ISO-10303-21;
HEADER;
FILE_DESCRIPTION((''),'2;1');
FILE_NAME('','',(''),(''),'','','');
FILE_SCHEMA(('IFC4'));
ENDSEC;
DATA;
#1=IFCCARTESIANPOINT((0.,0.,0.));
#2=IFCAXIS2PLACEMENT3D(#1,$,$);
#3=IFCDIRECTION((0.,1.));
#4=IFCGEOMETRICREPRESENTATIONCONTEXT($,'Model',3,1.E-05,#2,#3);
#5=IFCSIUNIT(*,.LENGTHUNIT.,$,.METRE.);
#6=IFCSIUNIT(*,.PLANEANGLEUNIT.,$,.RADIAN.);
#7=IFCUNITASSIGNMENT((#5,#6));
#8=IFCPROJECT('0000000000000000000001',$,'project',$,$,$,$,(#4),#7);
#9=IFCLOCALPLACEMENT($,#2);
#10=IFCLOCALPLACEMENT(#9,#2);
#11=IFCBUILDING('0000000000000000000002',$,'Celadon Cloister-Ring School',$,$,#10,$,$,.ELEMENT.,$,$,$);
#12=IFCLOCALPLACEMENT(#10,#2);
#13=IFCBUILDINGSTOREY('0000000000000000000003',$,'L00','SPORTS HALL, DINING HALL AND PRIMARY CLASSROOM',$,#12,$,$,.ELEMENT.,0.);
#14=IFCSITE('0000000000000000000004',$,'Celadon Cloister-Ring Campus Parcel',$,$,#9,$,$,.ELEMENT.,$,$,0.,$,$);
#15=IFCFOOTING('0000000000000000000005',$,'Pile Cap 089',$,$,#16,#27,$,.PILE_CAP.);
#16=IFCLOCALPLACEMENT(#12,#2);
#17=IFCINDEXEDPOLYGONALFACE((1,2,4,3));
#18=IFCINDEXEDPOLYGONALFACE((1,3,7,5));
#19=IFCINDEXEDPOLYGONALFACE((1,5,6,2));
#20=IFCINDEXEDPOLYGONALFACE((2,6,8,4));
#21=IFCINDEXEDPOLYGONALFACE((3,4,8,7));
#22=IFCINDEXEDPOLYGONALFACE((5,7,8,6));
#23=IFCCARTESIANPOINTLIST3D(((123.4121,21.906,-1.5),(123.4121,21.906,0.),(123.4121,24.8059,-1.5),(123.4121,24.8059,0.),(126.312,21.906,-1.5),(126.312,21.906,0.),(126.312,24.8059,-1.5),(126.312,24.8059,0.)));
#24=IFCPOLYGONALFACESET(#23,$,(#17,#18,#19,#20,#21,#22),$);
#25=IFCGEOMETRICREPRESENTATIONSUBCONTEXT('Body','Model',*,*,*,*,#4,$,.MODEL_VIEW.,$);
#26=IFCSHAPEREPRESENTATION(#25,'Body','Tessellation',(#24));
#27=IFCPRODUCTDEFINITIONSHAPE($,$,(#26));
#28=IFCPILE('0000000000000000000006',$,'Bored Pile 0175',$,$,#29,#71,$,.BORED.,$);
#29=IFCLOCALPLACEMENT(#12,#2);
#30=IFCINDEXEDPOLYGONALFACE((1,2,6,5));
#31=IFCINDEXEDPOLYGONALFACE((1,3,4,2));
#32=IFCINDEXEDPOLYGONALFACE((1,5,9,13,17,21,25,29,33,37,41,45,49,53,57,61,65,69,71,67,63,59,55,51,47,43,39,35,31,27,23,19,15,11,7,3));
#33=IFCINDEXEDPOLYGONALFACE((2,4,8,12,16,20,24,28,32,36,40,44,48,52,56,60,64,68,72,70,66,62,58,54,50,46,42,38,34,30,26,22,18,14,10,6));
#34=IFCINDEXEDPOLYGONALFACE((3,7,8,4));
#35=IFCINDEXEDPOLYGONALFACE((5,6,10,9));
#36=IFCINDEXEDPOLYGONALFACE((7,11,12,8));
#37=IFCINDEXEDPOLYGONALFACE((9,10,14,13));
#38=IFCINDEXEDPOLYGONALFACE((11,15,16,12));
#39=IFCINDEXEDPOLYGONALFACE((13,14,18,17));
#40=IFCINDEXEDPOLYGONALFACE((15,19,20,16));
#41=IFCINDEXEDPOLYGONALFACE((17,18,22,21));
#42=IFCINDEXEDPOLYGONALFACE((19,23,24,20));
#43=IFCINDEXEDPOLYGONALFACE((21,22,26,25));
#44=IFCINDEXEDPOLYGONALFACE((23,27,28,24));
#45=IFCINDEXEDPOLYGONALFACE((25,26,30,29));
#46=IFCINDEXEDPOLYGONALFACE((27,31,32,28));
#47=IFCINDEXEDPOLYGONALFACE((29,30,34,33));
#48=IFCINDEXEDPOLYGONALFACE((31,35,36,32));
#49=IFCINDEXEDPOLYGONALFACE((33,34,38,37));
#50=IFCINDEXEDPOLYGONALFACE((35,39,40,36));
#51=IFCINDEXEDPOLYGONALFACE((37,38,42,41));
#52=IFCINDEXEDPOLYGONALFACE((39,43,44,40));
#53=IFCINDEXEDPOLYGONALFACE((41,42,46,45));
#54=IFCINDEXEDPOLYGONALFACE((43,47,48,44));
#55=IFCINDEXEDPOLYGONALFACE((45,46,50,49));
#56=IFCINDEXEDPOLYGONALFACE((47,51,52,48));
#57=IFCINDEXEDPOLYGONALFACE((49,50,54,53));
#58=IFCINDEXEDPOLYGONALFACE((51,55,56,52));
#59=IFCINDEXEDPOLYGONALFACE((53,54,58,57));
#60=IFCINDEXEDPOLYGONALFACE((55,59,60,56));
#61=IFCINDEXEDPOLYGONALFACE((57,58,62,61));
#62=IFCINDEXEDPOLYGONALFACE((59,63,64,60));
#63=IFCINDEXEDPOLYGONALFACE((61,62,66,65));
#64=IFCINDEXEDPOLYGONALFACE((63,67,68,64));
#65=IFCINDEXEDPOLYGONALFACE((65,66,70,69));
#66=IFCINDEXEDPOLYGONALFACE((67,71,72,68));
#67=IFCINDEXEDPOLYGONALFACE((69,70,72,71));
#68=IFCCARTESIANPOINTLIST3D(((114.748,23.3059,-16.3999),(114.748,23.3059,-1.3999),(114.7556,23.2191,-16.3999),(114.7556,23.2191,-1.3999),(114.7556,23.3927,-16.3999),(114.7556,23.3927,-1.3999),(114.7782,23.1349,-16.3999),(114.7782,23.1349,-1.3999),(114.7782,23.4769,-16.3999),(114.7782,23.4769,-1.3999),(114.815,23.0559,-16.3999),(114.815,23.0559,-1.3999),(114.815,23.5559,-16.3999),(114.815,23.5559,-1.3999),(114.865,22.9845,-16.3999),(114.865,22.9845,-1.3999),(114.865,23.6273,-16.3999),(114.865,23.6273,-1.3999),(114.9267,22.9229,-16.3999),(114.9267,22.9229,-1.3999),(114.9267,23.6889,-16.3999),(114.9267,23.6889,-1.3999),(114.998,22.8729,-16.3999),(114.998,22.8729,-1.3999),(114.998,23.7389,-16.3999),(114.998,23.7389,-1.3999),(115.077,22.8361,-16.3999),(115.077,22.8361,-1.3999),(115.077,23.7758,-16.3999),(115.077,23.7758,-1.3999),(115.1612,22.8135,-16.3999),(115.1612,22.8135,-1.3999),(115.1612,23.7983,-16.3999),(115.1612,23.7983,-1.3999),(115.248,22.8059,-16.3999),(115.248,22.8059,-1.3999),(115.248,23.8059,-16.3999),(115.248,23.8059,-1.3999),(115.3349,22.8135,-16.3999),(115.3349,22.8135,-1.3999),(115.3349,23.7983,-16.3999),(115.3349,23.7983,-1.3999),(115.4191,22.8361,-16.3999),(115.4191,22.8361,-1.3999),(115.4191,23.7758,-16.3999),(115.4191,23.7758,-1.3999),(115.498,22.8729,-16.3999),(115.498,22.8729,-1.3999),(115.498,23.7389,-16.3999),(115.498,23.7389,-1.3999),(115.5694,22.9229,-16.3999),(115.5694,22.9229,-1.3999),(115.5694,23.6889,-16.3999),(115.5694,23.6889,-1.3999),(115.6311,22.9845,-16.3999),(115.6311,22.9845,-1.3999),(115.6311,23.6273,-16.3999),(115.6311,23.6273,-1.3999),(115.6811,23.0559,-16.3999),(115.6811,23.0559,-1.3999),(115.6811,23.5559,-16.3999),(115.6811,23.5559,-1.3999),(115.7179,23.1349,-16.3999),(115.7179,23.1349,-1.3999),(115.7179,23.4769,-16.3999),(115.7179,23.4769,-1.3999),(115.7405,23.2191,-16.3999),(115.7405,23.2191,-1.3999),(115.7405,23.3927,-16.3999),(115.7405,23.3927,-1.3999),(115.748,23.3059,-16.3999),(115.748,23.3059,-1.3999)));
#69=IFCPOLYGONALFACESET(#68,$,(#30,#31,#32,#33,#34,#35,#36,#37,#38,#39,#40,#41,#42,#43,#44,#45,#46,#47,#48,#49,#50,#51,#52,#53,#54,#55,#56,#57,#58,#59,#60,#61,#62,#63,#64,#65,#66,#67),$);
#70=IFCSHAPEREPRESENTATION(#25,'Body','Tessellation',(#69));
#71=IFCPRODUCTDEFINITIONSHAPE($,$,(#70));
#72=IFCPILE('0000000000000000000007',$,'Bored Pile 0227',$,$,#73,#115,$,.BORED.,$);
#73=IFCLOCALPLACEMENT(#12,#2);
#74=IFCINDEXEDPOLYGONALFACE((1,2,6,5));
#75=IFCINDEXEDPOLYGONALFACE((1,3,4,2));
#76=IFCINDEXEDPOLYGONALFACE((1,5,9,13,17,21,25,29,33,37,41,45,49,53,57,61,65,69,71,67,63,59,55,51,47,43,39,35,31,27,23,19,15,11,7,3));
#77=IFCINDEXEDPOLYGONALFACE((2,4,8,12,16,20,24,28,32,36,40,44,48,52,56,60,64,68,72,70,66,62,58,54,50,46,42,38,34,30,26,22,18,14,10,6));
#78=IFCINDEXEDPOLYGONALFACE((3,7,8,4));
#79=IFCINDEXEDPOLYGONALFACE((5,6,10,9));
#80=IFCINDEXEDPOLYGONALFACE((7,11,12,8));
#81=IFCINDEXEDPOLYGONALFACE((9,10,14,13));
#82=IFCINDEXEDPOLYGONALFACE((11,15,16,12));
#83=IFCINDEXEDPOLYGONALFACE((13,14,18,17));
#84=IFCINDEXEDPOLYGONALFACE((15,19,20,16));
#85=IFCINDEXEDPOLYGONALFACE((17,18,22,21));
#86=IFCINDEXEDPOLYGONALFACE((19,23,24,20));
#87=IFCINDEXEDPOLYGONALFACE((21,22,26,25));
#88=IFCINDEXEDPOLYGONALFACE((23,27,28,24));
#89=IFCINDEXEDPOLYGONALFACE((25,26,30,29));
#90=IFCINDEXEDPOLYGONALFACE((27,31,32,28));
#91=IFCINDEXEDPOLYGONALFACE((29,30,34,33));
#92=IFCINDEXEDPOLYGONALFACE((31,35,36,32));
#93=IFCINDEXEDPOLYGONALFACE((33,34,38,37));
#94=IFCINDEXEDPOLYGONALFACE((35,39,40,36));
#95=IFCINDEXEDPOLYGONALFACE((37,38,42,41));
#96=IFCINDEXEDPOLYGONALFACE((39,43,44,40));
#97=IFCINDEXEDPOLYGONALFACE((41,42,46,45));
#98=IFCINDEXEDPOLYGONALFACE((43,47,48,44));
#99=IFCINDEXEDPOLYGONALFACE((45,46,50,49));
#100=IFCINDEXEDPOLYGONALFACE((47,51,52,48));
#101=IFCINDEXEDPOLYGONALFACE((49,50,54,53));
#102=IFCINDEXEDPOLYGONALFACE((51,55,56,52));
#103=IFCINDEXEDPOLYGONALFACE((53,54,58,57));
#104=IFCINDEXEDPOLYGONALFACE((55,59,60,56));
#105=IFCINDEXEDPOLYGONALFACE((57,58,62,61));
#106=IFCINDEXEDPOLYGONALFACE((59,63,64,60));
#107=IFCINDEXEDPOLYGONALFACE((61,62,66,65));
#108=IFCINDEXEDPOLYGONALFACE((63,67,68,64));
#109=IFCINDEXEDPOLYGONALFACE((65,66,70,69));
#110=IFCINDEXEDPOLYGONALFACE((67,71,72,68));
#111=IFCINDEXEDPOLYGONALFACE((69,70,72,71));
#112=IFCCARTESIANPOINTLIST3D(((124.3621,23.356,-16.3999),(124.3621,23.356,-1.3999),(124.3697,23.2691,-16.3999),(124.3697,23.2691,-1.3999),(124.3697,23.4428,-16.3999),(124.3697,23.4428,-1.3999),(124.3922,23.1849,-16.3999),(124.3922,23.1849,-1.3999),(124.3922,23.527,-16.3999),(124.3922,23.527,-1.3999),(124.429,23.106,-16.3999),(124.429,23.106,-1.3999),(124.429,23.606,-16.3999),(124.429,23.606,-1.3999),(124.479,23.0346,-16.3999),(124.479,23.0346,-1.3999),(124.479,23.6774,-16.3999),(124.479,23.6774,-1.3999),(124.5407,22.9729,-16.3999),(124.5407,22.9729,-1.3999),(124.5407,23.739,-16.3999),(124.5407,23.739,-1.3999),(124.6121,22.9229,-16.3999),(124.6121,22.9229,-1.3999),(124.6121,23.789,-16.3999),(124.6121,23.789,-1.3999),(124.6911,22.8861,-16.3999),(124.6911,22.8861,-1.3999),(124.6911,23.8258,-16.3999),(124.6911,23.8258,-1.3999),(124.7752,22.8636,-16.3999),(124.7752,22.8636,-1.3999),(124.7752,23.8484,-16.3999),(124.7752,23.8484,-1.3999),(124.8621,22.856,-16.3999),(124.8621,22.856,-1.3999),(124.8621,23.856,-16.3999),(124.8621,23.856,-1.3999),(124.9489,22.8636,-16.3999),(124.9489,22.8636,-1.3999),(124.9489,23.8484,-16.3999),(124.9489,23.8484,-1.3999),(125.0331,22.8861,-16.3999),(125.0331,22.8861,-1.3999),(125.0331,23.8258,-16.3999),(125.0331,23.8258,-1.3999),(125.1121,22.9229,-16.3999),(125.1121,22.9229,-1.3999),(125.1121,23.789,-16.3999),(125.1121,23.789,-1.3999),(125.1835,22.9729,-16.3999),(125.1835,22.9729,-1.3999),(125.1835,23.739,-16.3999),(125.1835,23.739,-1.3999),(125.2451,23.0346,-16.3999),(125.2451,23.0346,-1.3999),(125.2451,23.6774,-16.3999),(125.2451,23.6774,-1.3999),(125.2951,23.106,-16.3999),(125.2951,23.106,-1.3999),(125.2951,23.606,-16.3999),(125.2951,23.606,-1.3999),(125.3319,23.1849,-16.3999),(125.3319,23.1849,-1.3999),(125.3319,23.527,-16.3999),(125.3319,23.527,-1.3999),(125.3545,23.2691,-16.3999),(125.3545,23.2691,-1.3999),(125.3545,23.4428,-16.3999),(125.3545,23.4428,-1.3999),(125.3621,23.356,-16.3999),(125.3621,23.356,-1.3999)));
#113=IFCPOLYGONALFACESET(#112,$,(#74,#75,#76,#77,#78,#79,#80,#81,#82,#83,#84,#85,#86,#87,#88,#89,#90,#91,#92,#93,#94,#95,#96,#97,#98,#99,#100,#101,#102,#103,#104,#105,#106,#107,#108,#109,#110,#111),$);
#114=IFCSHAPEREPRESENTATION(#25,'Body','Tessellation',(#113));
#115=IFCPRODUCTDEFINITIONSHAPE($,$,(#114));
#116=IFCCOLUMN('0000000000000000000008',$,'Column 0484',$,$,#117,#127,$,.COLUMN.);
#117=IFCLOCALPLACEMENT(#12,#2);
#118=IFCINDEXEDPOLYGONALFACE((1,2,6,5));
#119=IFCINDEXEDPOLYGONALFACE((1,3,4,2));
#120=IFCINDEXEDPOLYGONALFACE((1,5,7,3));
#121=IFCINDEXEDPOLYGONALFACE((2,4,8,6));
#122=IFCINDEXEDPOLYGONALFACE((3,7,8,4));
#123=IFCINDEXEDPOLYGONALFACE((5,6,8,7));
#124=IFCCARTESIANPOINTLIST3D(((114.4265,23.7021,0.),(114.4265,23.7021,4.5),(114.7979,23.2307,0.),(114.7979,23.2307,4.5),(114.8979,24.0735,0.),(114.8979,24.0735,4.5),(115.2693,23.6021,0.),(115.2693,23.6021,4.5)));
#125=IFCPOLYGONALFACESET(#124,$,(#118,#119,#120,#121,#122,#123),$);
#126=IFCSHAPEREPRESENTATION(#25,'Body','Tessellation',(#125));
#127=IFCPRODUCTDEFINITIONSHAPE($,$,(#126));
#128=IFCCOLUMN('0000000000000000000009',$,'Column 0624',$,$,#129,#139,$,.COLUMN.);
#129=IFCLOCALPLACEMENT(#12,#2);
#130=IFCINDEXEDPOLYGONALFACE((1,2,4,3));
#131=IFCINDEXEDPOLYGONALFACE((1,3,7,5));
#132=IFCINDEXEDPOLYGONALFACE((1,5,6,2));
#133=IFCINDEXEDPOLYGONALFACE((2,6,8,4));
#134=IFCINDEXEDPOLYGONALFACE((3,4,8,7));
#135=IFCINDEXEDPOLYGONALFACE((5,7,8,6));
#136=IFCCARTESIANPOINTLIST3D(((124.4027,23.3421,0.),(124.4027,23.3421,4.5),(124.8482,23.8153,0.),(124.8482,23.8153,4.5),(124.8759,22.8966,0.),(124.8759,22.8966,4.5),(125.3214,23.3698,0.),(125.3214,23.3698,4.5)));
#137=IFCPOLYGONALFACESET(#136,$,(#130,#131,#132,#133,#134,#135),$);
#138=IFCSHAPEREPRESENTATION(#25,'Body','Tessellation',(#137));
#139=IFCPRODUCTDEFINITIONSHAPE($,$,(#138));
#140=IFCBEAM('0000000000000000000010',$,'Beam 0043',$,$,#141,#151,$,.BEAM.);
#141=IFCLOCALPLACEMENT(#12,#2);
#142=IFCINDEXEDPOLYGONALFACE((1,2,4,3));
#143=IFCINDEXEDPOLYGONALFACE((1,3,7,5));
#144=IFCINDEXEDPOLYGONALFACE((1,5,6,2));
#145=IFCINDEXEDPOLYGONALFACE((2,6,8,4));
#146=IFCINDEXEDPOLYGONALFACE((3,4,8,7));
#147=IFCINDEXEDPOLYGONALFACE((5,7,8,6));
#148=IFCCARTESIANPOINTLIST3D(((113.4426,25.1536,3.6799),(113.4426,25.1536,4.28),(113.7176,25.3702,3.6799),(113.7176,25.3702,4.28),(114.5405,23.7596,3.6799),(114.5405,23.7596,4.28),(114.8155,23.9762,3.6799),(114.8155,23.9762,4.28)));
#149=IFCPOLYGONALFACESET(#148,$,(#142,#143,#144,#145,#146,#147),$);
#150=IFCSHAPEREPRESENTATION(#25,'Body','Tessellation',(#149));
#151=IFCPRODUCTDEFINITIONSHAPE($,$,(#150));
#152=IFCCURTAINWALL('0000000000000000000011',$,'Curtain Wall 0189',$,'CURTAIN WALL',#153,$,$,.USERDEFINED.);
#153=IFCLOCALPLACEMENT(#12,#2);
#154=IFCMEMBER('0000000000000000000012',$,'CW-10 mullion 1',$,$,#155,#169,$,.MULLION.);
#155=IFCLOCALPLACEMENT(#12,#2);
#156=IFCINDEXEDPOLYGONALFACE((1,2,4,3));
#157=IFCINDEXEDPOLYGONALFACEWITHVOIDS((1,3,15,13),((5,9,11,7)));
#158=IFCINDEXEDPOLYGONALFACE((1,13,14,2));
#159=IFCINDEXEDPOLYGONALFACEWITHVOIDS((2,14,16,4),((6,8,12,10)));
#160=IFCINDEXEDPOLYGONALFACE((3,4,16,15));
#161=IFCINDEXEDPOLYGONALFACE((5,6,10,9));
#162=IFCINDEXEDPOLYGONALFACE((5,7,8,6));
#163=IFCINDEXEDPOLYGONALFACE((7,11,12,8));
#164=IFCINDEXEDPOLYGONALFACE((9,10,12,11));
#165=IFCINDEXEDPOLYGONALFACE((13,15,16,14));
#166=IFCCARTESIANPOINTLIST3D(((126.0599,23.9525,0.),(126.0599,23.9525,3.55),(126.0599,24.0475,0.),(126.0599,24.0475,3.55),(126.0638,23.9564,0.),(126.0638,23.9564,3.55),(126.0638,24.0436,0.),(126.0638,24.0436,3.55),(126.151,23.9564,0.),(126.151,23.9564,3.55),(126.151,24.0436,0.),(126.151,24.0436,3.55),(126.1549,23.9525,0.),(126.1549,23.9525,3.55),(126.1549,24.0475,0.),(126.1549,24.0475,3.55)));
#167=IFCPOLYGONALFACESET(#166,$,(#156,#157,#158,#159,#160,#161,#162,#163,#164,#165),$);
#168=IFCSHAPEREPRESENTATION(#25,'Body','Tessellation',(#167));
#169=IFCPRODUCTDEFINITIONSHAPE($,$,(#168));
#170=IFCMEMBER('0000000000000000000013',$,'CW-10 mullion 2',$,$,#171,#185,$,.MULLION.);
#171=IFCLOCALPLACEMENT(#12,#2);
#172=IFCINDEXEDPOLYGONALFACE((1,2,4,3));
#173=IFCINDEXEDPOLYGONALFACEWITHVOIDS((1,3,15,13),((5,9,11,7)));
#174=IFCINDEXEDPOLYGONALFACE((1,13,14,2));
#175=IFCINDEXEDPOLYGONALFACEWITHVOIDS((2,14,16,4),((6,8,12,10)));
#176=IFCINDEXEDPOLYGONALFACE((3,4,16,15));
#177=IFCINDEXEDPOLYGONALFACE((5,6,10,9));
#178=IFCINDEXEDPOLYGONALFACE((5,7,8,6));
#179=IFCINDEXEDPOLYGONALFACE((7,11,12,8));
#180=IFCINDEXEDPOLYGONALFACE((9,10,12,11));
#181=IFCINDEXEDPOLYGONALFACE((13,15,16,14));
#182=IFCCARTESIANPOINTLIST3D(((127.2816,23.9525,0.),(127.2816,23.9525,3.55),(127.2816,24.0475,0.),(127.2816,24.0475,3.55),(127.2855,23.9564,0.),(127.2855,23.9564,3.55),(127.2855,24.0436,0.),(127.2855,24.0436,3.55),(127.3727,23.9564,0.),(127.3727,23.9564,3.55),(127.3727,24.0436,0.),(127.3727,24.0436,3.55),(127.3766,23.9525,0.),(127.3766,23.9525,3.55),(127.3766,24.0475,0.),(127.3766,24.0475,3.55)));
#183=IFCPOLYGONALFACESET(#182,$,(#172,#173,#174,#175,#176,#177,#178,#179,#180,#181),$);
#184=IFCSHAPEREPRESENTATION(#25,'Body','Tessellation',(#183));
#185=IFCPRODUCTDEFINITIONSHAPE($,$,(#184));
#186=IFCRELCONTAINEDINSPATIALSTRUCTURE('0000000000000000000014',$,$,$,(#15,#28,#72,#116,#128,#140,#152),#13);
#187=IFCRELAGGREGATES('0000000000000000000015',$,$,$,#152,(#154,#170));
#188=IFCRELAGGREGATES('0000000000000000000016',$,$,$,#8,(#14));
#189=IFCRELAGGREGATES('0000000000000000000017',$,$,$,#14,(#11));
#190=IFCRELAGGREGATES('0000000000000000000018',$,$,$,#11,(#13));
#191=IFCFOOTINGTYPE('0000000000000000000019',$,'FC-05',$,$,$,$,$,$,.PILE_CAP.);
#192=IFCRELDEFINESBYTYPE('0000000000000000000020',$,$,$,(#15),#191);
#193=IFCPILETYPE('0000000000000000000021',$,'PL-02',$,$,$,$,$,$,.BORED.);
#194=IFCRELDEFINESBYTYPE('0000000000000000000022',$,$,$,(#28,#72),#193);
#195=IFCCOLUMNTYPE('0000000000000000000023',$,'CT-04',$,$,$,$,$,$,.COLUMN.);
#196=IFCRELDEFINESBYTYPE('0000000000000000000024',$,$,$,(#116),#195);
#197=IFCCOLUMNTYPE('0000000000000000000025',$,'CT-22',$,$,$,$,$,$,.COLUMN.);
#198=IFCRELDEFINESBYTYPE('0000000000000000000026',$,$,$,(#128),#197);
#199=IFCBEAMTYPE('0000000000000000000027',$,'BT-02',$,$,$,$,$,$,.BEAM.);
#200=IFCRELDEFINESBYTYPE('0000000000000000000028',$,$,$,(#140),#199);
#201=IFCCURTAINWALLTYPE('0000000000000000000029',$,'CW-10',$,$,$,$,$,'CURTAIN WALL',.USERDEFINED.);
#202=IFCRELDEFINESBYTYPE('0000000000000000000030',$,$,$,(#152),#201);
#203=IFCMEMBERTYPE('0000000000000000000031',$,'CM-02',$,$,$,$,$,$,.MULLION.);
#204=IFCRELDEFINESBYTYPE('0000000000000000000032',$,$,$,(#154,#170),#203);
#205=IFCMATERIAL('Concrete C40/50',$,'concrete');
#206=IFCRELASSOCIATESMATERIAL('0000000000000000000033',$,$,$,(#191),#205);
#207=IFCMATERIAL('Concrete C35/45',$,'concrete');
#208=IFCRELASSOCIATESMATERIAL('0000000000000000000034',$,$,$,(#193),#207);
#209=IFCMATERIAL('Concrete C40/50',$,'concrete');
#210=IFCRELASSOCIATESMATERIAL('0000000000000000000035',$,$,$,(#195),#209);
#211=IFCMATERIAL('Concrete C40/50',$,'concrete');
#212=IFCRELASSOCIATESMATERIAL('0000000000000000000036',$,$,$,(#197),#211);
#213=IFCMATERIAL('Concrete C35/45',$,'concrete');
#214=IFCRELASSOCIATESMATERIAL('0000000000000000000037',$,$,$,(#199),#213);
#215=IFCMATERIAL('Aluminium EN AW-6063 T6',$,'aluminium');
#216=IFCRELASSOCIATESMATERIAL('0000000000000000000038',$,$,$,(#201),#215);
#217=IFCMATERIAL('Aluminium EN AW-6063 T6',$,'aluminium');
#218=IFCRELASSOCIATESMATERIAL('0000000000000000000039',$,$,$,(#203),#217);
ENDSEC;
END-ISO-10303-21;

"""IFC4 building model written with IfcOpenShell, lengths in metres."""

from ifc_helpers import new_model, si_unit, direction, frame, origin, origin_2d, place, context, subcontext, project, spatial, rectangle, hollow_rectangle, circle, extrude, material, material_profile, profile_set, type_object, element, aggregate, save


model = new_model("IFC4")

# Units and contexts
model_context = context("Model", 3, precision=1e-05, world=origin(), true_north=direction((0.0, 1.0)))
body_context = subcontext(model_context, "Body", "Model", "MODEL_VIEW")
ifc_project = project(units=[si_unit("LENGTHUNIT", "METRE"), si_unit("PLANEANGLEUNIT", "RADIAN")], contexts=[model_context])

# Site, building, storey
site_placement = place(None, origin())
site = spatial("IfcSite", under=ifc_project, at=site_placement, Name="Celadon Cloister-Ring Campus Parcel", CompositionType="ELEMENT", RefElevation=0.0)
building_placement = place(site_placement, origin())
building = spatial("IfcBuilding", under=site, at=building_placement, Name="Celadon Cloister-Ring School", CompositionType="ELEMENT")
storey_placement = place(building_placement, origin())
storey = spatial("IfcBuildingStorey", under=building, at=storey_placement, Name="L00", Description="SPORTS HALL, DINING HALL AND PRIMARY CLASSROOM", CompositionType="ELEMENT", Elevation=0.0)

# Footing
ifc_material_1 = material(Name="Concrete C40/50", Category="concrete")
footing_type = type_object("IfcFootingType", Name="FC-05", PredefinedType="PILE_CAP", material=ifc_material_1)
footing_placement = place(storey_placement, frame((124.8621, 23.356, -1.5), z_axis=(0.0, 0.0, 1.0), x_axis=(1.0, 0.0, 0.0)))
element("IfcFooting", 1, at=footing_placement, inside=storey, type_object=footing_type, Name="Pile Cap 089", PredefinedType="PILE_CAP", context=body_context, shape_type="SweptSolid", body=[
    extrude(rectangle(XDim=2.8999, YDim=2.8999, at=origin_2d()), origin(), (0.0, 0.0, 1.0), 1.5),
])

# Piles
ifc_material_2 = material(Name="Concrete C35/45", Category="concrete")
ifc_material_profile_1 = material_profile(ifc_material_2, circle(Radius=0.5, at=origin_2d()), Name="PILE1000")
ifc_profile_set_1 = profile_set([ifc_material_profile_1], Name="Concrete C35/45")
pile_type = type_object("IfcPileType", Name="PL-02", PredefinedType="BORED", material=ifc_profile_set_1)
for number, where, z_axis, x_axis, name in (
    (2, (115.248, 23.3059, -1.3999), (0.0, 0.0, -1.0), (1.0, 0.0, 0.0), "Bored Pile 0175"),
    (3, (124.8621, 23.356, -1.3999), (0.0, 0.0, -1.0), (1.0, 0.0, 0.0), "Bored Pile 0227"),
):
    element("IfcPile", number, at=place(storey_placement, frame(where, z_axis=z_axis, x_axis=x_axis)), inside=storey, type_object=pile_type, Name=name, PredefinedType="BORED", context=body_context, shape_type="SweptSolid", body=[
        extrude(circle(Radius=0.5, at=origin_2d()), origin(), (0.0, 0.0, 1.0), 15.0),
    ])

# Columns
ifc_material_3 = material(Name="Concrete C40/50", Category="concrete")
ifc_material_profile_2 = material_profile(ifc_material_3, rectangle(XDim=0.6001, YDim=0.6001, at=origin_2d()), Name="RC600X600")
ifc_profile_set_2 = profile_set([ifc_material_profile_2], Name="Concrete C40/50")
column_type_1 = type_object("IfcColumnType", Name="CT-04", PredefinedType="COLUMN", material=ifc_profile_set_2)
column_1_placement = place(storey_placement, frame((114.8479, 23.6521, 0.0), z_axis=(0.0, 0.0, 1.0), x_axis=(0.618847, -0.785511, 0.0)))
element("IfcColumn", 4, at=column_1_placement, inside=storey, type_object=column_type_1, Name="Column 0484", PredefinedType="COLUMN", context=body_context, shape_type="SweptSolid", body=[
    extrude(rectangle(XDim=0.6001, YDim=0.6001, at=origin_2d()), origin(), (0.0, 0.0, 1.0), 4.5),
])
ifc_material_4 = material(Name="Concrete C40/50", Category="concrete")
ifc_material_profile_3 = material_profile(ifc_material_4, rectangle(XDim=0.6499, YDim=0.6499, at=origin_2d()), Name="RC650X650")
ifc_profile_set_3 = profile_set([ifc_material_profile_3], Name="Concrete C40/50")
column_type_2 = type_object("IfcColumnType", Name="CT-22", PredefinedType="COLUMN", material=ifc_profile_set_3)
column_2_placement = place(storey_placement, frame((124.8621, 23.356, 0.0), z_axis=(0.0, 0.0, 1.0), x_axis=(0.728108, -0.685463, 0.0)))
element("IfcColumn", 5, at=column_2_placement, inside=storey, type_object=column_type_2, Name="Column 0624", PredefinedType="COLUMN", context=body_context, shape_type="SweptSolid", body=[
    extrude(rectangle(XDim=0.6499, YDim=0.6499, at=origin_2d()), origin(), (0.0, 0.0, 1.0), 4.5),
])

# Beam
ifc_material_5 = material(Name="Concrete C35/45", Category="concrete")
ifc_material_profile_4 = material_profile(ifc_material_5, rectangle(XDim=0.3501, YDim=0.6001, at=origin_2d()), Name="RC350X600")
ifc_profile_set_4 = profile_set([ifc_material_profile_4], Name="Concrete C35/45")
beam_type_1 = type_object("IfcBeamType", Name="BT-02", PredefinedType="BEAM", material=ifc_profile_set_4)
beam_1_placement = place(storey_placement, frame((114.678, 23.8679, 3.98), z_axis=(-0.61872, 0.785611, 0.0), x_axis=(-0.785611, -0.61872, 0.0)))
element("IfcBeam", 6, at=beam_1_placement, inside=storey, type_object=beam_type_1, Name="Beam 0043", PredefinedType="BEAM", context=body_context, shape_type="SweptSolid", body=[
    extrude(rectangle(XDim=0.3501, YDim=0.6001, at=origin_2d()), origin(), (0.0, 0.0, 1.0), 1.7744),
])

# Curtain wall, members
ifc_material_6 = material(Name="Aluminium EN AW-6063 T6", Category="aluminium")
curtain_wall_type = type_object("IfcCurtainWallType", Name="CW-10", ElementType="CURTAIN WALL", PredefinedType="USERDEFINED", material=ifc_material_6)
curtain_wall_placement = place(storey_placement, origin())
curtain_wall = element("IfcCurtainWall", 7, at=curtain_wall_placement, inside=storey, type_object=curtain_wall_type, Name="Curtain Wall 0189", ObjectType="CURTAIN WALL", PredefinedType="USERDEFINED")
ifc_material_7 = material(Name="Aluminium EN AW-6063 T6", Category="aluminium")
ifc_material_profile_5 = material_profile(ifc_material_7, hollow_rectangle(XDim=0.095, YDim=0.095, WallThickness=0.0039, at=origin_2d()), Name="RHS95X95X4")
ifc_profile_set_5 = profile_set([ifc_material_profile_5], Name="Aluminium EN AW-6063 T6")
member_type_1 = type_object("IfcMemberType", Name="CM-02", PredefinedType="MULLION", material=ifc_profile_set_5)
member_1_placement = place(storey_placement, frame((126.1074, 24.0, 0.0), z_axis=(0.0, 0.0, 1.0), x_axis=(0.0, 1.0, 0.0)))
member_1 = element("IfcMember", 8, at=member_1_placement, type_object=member_type_1, Name="CW-10 mullion 1", PredefinedType="MULLION", context=body_context, shape_type="SweptSolid", body=[
    extrude(hollow_rectangle(XDim=0.095, YDim=0.095, WallThickness=0.0039, at=origin_2d()), origin(), (0.0, 0.0, 1.0), 3.55),
])
member_2_placement = place(storey_placement, frame((127.3291, 24.0, 0.0), z_axis=(0.0, 0.0, 1.0), x_axis=(0.0, 1.0, 0.0)))
member_2 = element("IfcMember", 9, at=member_2_placement, type_object=member_type_1, Name="CW-10 mullion 2", PredefinedType="MULLION", context=body_context, shape_type="SweptSolid", body=[
    extrude(hollow_rectangle(XDim=0.095, YDim=0.095, WallThickness=0.0039, at=origin_2d()), origin(), (0.0, 0.0, 1.0), 3.55),
])

aggregate(curtain_wall, [member_1, member_2])

save(model, "model.ifc")
